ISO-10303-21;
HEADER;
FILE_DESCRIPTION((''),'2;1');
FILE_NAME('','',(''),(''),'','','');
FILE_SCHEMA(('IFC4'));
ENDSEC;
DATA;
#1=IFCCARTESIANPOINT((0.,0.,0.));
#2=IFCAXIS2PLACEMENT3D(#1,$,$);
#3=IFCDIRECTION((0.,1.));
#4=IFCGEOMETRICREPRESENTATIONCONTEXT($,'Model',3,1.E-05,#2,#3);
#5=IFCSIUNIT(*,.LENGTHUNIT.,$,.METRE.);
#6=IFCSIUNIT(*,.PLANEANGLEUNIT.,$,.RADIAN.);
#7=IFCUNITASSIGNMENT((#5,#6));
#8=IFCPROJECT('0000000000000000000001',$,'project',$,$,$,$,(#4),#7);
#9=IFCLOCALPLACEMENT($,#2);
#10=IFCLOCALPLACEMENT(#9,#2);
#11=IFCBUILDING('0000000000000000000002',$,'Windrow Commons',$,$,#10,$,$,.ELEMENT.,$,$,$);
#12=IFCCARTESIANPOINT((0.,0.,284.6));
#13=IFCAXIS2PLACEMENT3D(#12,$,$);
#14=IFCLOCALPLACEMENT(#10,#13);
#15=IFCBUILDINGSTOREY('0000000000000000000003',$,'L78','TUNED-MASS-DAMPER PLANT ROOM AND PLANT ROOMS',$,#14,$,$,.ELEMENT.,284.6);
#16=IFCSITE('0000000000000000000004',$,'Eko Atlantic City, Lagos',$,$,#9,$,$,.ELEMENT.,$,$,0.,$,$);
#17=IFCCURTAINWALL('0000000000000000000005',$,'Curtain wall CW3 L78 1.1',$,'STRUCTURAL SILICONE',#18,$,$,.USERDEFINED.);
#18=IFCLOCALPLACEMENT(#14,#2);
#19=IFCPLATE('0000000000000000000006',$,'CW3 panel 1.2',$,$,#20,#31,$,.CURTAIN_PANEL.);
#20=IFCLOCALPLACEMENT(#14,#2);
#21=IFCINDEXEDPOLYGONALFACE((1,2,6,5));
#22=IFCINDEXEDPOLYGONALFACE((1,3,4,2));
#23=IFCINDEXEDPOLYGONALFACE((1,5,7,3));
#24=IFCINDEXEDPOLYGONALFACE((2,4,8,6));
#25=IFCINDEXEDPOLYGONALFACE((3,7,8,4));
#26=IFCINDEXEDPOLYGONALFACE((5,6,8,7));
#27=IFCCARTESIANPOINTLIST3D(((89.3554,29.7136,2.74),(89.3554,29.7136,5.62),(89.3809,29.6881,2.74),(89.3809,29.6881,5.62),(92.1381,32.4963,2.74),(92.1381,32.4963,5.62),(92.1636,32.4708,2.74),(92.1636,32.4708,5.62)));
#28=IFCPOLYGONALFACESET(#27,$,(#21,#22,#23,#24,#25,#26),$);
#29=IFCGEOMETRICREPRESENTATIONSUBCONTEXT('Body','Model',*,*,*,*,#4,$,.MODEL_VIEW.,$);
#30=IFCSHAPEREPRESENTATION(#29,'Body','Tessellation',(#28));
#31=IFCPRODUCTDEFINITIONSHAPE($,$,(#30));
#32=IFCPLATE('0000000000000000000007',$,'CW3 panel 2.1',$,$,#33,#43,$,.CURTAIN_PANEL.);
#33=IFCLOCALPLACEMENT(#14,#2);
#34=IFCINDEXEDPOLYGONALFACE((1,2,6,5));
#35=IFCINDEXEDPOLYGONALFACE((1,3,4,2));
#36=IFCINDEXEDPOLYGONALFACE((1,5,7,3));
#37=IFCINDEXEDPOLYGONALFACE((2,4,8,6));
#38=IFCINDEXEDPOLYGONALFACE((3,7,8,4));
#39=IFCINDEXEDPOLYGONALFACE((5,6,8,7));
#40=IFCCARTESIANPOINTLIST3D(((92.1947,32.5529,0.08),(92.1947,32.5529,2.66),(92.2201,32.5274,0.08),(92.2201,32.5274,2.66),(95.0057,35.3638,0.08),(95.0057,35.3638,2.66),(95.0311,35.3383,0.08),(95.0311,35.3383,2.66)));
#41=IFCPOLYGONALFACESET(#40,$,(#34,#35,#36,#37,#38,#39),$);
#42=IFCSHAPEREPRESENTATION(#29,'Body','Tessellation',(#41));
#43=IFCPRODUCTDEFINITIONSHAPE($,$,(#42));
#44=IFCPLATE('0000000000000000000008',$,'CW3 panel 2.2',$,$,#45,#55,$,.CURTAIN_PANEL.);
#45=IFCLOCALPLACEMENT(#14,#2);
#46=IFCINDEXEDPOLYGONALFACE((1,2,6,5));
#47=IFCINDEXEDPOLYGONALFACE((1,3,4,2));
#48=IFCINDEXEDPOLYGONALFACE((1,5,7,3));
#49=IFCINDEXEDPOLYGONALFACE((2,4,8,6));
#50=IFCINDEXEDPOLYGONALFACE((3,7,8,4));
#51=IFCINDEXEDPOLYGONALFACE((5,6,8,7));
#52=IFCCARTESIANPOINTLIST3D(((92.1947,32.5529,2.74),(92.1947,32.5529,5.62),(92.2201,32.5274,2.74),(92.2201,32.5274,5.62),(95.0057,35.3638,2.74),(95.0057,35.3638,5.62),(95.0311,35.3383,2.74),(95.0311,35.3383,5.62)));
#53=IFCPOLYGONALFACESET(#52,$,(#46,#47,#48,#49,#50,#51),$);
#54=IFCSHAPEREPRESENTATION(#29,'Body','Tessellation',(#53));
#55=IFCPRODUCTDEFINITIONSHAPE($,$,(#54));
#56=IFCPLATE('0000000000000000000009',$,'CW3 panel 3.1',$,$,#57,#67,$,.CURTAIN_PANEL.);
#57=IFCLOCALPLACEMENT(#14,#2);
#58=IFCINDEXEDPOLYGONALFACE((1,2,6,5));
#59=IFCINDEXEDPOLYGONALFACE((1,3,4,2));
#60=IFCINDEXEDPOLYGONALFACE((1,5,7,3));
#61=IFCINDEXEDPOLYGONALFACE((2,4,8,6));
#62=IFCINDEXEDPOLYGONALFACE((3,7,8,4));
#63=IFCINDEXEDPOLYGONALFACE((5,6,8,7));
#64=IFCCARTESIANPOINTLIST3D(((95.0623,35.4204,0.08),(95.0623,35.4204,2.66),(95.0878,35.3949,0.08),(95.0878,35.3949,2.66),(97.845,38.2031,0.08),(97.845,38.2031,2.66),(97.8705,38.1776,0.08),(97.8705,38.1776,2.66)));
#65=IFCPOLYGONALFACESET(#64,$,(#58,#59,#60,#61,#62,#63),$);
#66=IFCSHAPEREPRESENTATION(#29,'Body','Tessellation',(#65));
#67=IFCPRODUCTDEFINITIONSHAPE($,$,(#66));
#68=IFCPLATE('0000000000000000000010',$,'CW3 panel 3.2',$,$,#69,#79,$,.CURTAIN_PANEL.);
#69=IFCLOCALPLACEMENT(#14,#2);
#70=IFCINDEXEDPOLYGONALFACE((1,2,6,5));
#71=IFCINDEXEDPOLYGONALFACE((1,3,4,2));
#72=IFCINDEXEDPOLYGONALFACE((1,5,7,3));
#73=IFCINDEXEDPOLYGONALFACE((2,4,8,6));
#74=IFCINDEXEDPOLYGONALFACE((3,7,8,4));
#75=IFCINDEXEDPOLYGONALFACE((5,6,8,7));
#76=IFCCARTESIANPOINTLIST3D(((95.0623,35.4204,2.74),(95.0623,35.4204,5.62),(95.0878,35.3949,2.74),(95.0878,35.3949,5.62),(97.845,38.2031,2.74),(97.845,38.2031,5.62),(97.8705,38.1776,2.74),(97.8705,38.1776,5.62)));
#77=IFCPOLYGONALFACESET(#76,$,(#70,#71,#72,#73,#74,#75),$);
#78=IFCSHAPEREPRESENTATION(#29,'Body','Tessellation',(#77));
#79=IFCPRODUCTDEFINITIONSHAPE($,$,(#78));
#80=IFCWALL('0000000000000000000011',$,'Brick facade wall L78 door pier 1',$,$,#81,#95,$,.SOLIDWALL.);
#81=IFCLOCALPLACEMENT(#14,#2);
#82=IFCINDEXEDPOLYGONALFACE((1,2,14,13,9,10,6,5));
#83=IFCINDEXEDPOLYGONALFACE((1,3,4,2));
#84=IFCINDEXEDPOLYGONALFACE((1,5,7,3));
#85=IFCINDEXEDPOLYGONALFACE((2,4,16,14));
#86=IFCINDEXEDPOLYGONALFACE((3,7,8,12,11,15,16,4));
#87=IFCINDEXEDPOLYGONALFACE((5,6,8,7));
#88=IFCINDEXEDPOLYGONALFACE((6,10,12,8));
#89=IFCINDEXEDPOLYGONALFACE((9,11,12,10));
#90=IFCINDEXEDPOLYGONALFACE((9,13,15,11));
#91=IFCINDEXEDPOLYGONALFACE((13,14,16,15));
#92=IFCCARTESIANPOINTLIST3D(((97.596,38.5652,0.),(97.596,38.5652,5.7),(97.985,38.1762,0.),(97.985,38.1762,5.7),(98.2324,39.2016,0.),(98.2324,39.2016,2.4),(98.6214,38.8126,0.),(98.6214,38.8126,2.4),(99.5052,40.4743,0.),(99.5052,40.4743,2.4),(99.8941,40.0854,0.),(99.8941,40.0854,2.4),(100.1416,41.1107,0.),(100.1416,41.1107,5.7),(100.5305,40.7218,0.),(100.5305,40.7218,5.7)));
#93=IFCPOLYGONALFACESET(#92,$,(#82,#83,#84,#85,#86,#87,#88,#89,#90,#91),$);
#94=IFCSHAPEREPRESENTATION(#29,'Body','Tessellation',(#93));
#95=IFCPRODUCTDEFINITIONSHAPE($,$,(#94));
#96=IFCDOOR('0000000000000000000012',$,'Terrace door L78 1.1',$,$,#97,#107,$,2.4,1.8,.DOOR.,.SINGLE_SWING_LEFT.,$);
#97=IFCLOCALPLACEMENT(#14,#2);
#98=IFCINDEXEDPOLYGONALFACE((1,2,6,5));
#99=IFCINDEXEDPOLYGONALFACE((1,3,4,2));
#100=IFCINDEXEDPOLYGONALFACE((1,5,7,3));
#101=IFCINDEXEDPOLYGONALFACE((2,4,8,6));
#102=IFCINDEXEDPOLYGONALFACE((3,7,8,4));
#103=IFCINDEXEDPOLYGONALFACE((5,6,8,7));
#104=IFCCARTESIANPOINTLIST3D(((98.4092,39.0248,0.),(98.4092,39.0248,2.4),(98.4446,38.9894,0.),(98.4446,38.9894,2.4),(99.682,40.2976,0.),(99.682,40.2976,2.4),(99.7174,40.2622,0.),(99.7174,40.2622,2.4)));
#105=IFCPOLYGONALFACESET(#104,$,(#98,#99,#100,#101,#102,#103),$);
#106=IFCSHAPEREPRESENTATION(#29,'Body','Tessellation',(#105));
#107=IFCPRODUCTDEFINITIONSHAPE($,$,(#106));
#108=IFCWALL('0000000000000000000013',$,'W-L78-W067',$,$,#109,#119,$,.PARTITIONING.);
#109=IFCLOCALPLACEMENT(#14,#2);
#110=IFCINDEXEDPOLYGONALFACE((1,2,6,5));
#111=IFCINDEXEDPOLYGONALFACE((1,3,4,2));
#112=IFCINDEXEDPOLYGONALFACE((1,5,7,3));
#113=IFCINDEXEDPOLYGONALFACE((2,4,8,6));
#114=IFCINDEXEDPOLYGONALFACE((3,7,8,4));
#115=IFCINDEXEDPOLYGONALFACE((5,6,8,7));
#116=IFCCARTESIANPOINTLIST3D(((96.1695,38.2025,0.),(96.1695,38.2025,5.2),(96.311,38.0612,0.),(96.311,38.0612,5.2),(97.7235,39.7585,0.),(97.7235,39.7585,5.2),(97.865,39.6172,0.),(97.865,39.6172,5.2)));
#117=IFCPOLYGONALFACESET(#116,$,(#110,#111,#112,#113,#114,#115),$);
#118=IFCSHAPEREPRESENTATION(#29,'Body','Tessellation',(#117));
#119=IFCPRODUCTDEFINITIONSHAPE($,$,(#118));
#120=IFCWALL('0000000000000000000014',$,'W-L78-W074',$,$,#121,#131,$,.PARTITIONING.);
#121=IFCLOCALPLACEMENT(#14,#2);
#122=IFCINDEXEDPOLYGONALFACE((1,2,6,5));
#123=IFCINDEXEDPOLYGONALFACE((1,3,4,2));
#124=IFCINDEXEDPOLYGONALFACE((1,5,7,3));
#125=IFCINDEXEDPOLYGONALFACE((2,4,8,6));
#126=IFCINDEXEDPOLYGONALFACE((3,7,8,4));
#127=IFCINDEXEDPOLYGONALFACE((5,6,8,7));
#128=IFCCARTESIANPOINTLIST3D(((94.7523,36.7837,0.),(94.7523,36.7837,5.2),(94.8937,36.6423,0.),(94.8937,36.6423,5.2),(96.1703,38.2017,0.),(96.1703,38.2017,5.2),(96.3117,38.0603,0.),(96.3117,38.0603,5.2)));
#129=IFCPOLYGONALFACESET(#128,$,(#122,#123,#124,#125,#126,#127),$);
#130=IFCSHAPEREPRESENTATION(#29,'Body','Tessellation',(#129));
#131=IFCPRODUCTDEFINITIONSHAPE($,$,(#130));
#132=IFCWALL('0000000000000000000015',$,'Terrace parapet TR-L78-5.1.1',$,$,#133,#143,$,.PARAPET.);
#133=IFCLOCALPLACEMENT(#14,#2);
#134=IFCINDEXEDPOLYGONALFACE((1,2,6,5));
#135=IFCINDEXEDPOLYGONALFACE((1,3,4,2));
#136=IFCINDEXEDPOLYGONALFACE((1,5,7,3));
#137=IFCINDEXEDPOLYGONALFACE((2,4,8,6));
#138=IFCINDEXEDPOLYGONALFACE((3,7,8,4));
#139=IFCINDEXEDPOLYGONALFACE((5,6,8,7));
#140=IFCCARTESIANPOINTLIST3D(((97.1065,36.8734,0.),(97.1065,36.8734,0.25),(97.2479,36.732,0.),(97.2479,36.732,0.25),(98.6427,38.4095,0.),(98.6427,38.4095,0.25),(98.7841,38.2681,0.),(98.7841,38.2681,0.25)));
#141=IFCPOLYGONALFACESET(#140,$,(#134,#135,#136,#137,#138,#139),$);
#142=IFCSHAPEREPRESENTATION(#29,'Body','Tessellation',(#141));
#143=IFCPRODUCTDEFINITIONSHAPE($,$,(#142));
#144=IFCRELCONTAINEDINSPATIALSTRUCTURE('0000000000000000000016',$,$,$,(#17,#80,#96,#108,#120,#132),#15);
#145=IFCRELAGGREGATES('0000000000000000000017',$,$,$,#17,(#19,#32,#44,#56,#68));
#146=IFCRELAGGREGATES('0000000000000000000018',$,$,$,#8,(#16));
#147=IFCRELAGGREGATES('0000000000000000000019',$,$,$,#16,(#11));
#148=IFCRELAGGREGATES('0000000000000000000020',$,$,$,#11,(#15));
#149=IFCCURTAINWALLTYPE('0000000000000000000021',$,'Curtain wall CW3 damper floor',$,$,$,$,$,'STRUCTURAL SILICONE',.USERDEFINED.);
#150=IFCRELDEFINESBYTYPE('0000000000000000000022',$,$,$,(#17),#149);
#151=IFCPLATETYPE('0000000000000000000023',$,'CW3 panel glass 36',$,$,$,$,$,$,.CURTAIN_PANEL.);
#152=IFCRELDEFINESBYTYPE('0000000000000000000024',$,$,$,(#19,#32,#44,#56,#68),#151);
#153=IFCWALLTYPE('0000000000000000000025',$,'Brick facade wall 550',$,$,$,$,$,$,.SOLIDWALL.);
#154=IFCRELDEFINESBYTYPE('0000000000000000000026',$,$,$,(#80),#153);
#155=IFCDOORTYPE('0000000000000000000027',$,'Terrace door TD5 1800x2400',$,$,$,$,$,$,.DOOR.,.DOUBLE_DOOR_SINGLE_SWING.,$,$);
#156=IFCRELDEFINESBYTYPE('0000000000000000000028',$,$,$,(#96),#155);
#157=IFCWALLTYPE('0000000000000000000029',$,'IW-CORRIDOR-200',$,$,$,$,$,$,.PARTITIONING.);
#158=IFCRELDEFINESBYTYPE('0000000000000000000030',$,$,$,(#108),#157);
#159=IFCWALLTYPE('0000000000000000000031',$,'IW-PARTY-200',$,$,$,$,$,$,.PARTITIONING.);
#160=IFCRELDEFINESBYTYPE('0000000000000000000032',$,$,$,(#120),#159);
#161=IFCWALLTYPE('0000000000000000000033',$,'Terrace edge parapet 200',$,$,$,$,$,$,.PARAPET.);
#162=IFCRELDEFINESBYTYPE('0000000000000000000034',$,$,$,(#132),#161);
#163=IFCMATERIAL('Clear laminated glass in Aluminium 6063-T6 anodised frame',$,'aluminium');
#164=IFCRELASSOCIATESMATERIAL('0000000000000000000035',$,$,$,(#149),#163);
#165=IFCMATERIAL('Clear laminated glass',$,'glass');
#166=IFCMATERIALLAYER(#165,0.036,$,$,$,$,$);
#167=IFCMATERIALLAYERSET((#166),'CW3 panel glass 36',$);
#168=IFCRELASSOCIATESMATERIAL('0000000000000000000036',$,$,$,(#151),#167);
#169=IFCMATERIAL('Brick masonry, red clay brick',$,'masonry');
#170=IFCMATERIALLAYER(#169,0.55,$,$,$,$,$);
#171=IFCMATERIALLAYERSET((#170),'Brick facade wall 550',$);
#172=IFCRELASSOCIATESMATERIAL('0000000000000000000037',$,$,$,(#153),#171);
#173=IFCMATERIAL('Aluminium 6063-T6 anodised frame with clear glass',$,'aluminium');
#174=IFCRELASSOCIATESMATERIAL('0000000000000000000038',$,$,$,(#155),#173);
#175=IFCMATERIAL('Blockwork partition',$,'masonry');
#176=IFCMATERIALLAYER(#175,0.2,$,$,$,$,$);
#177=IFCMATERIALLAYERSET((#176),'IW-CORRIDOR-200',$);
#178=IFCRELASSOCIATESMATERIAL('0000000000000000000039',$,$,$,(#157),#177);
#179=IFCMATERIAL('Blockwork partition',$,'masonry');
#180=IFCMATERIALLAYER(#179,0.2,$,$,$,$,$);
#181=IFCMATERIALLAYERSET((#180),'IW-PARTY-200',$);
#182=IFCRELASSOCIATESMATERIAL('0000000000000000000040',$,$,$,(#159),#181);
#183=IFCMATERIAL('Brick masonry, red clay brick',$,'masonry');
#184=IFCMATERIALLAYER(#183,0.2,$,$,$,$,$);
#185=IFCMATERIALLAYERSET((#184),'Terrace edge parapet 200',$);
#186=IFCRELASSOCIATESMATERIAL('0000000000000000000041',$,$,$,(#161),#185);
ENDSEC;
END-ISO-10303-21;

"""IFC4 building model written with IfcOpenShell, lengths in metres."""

from ifc_helpers import new_model, si_unit, direction, frame, frame_2d, origin, origin_2d, place, context, subcontext, project, spatial, polyline, rectangle, outline, extrude, material, layer, layer_set, type_object, element, fill, aggregate, save


model = new_model("IFC4")

# Units and contexts
model_context = context("Model", 3, precision=1e-05, world=origin(), true_north=direction((0.0, 1.0)))
body_context = subcontext(model_context, "Body", "Model", "MODEL_VIEW")
ifc_project = project(units=[si_unit("LENGTHUNIT", "METRE"), si_unit("PLANEANGLEUNIT", "RADIAN")], contexts=[model_context])

# Site, building, storey
site_placement = place(None, origin())
site = spatial("IfcSite", under=ifc_project, at=site_placement, Name="Eko Atlantic City, Lagos", CompositionType="ELEMENT", RefElevation=0.0)
building_placement = place(site_placement, origin())
building = spatial("IfcBuilding", under=site, at=building_placement, Name="Windrow Commons", CompositionType="ELEMENT")
storey_placement = place(building_placement, frame((0.0, 0.0, 284.6)))
storey = spatial("IfcBuildingStorey", under=building, at=storey_placement, Name="L78", Description="TUNED-MASS-DAMPER PLANT ROOM AND PLANT ROOMS", CompositionType="ELEMENT", Elevation=284.6)

# Curtain wall
ifc_material_1 = material(Name="Clear laminated glass in Aluminium 6063-T6 anodised frame", Category="aluminium")
curtain_wall_type = type_object("IfcCurtainWallType", Name="Curtain wall CW3 damper floor", ElementType="STRUCTURAL SILICONE", PredefinedType="USERDEFINED", material=ifc_material_1)
curtain_wall_placement = place(storey_placement, origin())
curtain_wall = element("IfcCurtainWall", 1, at=curtain_wall_placement, inside=storey, type_object=curtain_wall_type, Name="Curtain wall CW3 L78 1.1", ObjectType="STRUCTURAL SILICONE", PredefinedType="USERDEFINED")

# Plates
ifc_material_2 = material(Name="Clear laminated glass", Category="glass")
ifc_layer_1 = layer(ifc_material_2, 0.036)
ifc_layer_set_1 = layer_set([ifc_layer_1], Name="CW3 panel glass 36")
plate_type = type_object("IfcPlateType", Name="CW3 panel glass 36", PredefinedType="CURTAIN_PANEL", material=ifc_layer_set_1)
plate_1_placement = place(storey_placement, frame((90.7595, 31.0922, 2.74), z_axis=(0.0, 0.0, 1.0), x_axis=(0.707109, 0.707104, 0.0)))
plate_1 = element("IfcPlate", 2, at=plate_1_placement, type_object=plate_type, Name="CW3 panel 1.2", PredefinedType="CURTAIN_PANEL", context=body_context, shape_type="SweptSolid", body=[
    extrude(rectangle(XDim=3.9353, YDim=0.036, at=origin_2d()), origin(), (0.0, 0.0, 1.0), 2.88),
])
plate_2_placement = place(storey_placement, frame((93.6129, 33.9456, 0.08), z_axis=(0.0, 0.0, 1.0), x_axis=(0.707109, 0.707104, 0.0)))
plate_2 = element("IfcPlate", 3, at=plate_2_placement, type_object=plate_type, Name="CW3 panel 2.1", PredefinedType="CURTAIN_PANEL", context=body_context, shape_type="SweptSolid", body=[
    extrude(rectangle(XDim=3.9753, YDim=0.036, at=origin_2d()), origin(), (0.0, 0.0, 1.0), 2.58),
])
plate_3_placement = place(storey_placement, frame((93.6129, 33.9456, 2.74), z_axis=(0.0, 0.0, 1.0), x_axis=(0.707109, 0.707104, 0.0)))
plate_3 = element("IfcPlate", 4, at=plate_3_placement, type_object=plate_type, Name="CW3 panel 2.2", PredefinedType="CURTAIN_PANEL", context=body_context, shape_type="SweptSolid", body=[
    extrude(rectangle(XDim=3.9753, YDim=0.036, at=origin_2d()), origin(), (0.0, 0.0, 1.0), 2.88),
])
plate_4_placement = place(storey_placement, frame((96.4664, 36.799, 0.08), z_axis=(0.0, 0.0, 1.0), x_axis=(0.707109, 0.707104, 0.0)))
plate_4 = element("IfcPlate", 5, at=plate_4_placement, type_object=plate_type, Name="CW3 panel 3.1", PredefinedType="CURTAIN_PANEL", context=body_context, shape_type="SweptSolid", body=[
    extrude(rectangle(XDim=3.9353, YDim=0.036, at=origin_2d()), origin(), (0.0, 0.0, 1.0), 2.58),
])
plate_5_placement = place(storey_placement, frame((96.4664, 36.799, 2.74), z_axis=(0.0, 0.0, 1.0), x_axis=(0.707109, 0.707104, 0.0)))
plate_5 = element("IfcPlate", 6, at=plate_5_placement, type_object=plate_type, Name="CW3 panel 3.2", PredefinedType="CURTAIN_PANEL", context=body_context, shape_type="SweptSolid", body=[
    extrude(rectangle(XDim=3.9353, YDim=0.036, at=origin_2d()), origin(), (0.0, 0.0, 1.0), 2.88),
])
aggregate(curtain_wall, [plate_1, plate_2, plate_3, plate_4, plate_5])

# Wall, opening, door
ifc_material_3 = material(Name="Brick masonry, red clay brick", Category="masonry")
ifc_layer_2 = layer(ifc_material_3, 0.55)
ifc_layer_set_2 = layer_set([ifc_layer_2], Name="Brick facade wall 550")
wall_type_1 = type_object("IfcWallType", Name="Brick facade wall 550", PredefinedType="SOLIDWALL", material=ifc_layer_set_2)
wall_1_placement = place(storey_placement, frame((97.7905, 38.3707, 0.0), z_axis=(0.0, 0.0, 1.0), x_axis=(0.707107, 0.707107, 0.0)))
wall_1 = element("IfcWall", 7, at=wall_1_placement, inside=storey, type_object=wall_type_1, Name="Brick facade wall L78 door pier 1", PredefinedType="SOLIDWALL", context=body_context, shape_type="SweptSolid", body=[
    extrude(rectangle(XDim=3.6, YDim=0.55, at=frame_2d((1.8, 0.0))), origin(), (0.0, 0.0, 1.0), 5.7),
])
opening_placement = place(wall_1_placement, frame((0.9, 0.0, 0.0)))
opening = element("IfcOpeningElement", 8, at=opening_placement, cuts=wall_1, PredefinedType="OPENING", context=body_context, shape_type="SweptSolid", body=[
    extrude(rectangle(XDim=1.8, YDim=2.4, at=frame_2d((0.9, 1.2))), frame((0.0, 0.285, 0.0), z_axis=(0.0, -1.0, 0.0), x_axis=(1.0, 0.0, 0.0)), (0.0, 0.0, 1.0), 0.57),
])
ifc_material_4 = material(Name="Aluminium 6063-T6 anodised frame with clear glass", Category="aluminium")
door_type = type_object("IfcDoorType", Name="Terrace door TD5 1800x2400", OperationType="DOUBLE_DOOR_SINGLE_SWING", PredefinedType="DOOR", material=ifc_material_4)
door_placement = place(opening_placement, origin())
door = element("IfcDoor", 9, at=door_placement, inside=storey, type_object=door_type, Name="Terrace door L78 1.1", OperationType="SINGLE_SWING_LEFT", OverallHeight=2.4, OverallWidth=1.8, PredefinedType="DOOR", context=body_context, shape_type="SweptSolid", body=[
    extrude(rectangle(XDim=1.8, YDim=2.4, at=frame_2d((0.9, 1.2))), frame((0.0, 0.025, 0.0), z_axis=(0.0, -1.0, 0.0), x_axis=(1.0, 0.0, 0.0)), (0.0, 0.0, 1.0), 0.05),
])
fill(opening, door)

# Walls
ifc_material_5 = material(Name="Blockwork partition", Category="masonry")
ifc_layer_3 = layer(ifc_material_5, 0.2)
ifc_layer_set_3 = layer_set([ifc_layer_3], Name="IW-CORRIDOR-200")
wall_type_2 = type_object("IfcWallType", Name="IW-CORRIDOR-200", PredefinedType="PARTITIONING", material=ifc_layer_set_3)
wall_2_placement = place(storey_placement, frame((96.2402, 38.1318, 0.0), z_axis=(0.0, 0.0, 1.0), x_axis=(0.706652, 0.707561, 0.0)))
element("IfcWall", 10, at=wall_2_placement, inside=storey, type_object=wall_type_2, Name="W-L78-W067", PredefinedType="PARTITIONING", context=body_context, shape_type="SweptSolid", body=[
    extrude(rectangle(XDim=2.1991, YDim=0.2, at=frame_2d((1.0996, 0.0))), origin(), (0.0, 0.0, 1.0), 5.2),
])
ifc_material_6 = material(Name="Blockwork partition", Category="masonry")
ifc_layer_4 = layer(ifc_material_6, 0.2)
ifc_layer_set_4 = layer_set([ifc_layer_4], Name="IW-PARTY-200")
wall_type_3 = type_object("IfcWallType", Name="IW-PARTY-200", PredefinedType="PARTITIONING", material=ifc_layer_set_4)
wall_3_placement = place(storey_placement, frame((94.823, 36.713, 0.0), z_axis=(0.0, 0.0, 1.0), x_axis=(0.707107, 0.707107, 0.0)))
element("IfcWall", 11, at=wall_3_placement, inside=storey, type_object=wall_type_3, Name="W-L78-W074", PredefinedType="PARTITIONING", context=body_context, shape_type="SweptSolid", body=[
    extrude(rectangle(XDim=2.0054, YDim=0.2, at=frame_2d((1.0027, 0.0))), origin(), (0.0, 0.0, 1.0), 5.2),
])
ifc_material_7 = material(Name="Brick masonry, red clay brick", Category="masonry")
ifc_layer_5 = layer(ifc_material_7, 0.2)
ifc_layer_set_5 = layer_set([ifc_layer_5], Name="Terrace edge parapet 200")
wall_type_4 = type_object("IfcWallType", Name="Terrace edge parapet 200", PredefinedType="PARAPET", material=ifc_layer_set_5)
wall_4_placement = place(storey_placement, frame((98.7134, 38.3388, 0.0), z_axis=(0.0, 0.0, 1.0), x_axis=(-0.70713, -0.707084, 0.0)))
element("IfcWall", 12, at=wall_4_placement, inside=storey, type_object=wall_type_4, Name="Terrace parapet TR-L78-5.1.1", PredefinedType="PARAPET", context=body_context, shape_type="SweptSolid", body=[
    extrude(outline(polyline([(0.0, -0.1), (2.1724, -0.1), (2.1724, 0.1), (0.0, 0.1), (0.0, -0.1)])), origin(), (0.0, 0.0, 1.0), 0.25),
])

save(model, "model.ifc")
